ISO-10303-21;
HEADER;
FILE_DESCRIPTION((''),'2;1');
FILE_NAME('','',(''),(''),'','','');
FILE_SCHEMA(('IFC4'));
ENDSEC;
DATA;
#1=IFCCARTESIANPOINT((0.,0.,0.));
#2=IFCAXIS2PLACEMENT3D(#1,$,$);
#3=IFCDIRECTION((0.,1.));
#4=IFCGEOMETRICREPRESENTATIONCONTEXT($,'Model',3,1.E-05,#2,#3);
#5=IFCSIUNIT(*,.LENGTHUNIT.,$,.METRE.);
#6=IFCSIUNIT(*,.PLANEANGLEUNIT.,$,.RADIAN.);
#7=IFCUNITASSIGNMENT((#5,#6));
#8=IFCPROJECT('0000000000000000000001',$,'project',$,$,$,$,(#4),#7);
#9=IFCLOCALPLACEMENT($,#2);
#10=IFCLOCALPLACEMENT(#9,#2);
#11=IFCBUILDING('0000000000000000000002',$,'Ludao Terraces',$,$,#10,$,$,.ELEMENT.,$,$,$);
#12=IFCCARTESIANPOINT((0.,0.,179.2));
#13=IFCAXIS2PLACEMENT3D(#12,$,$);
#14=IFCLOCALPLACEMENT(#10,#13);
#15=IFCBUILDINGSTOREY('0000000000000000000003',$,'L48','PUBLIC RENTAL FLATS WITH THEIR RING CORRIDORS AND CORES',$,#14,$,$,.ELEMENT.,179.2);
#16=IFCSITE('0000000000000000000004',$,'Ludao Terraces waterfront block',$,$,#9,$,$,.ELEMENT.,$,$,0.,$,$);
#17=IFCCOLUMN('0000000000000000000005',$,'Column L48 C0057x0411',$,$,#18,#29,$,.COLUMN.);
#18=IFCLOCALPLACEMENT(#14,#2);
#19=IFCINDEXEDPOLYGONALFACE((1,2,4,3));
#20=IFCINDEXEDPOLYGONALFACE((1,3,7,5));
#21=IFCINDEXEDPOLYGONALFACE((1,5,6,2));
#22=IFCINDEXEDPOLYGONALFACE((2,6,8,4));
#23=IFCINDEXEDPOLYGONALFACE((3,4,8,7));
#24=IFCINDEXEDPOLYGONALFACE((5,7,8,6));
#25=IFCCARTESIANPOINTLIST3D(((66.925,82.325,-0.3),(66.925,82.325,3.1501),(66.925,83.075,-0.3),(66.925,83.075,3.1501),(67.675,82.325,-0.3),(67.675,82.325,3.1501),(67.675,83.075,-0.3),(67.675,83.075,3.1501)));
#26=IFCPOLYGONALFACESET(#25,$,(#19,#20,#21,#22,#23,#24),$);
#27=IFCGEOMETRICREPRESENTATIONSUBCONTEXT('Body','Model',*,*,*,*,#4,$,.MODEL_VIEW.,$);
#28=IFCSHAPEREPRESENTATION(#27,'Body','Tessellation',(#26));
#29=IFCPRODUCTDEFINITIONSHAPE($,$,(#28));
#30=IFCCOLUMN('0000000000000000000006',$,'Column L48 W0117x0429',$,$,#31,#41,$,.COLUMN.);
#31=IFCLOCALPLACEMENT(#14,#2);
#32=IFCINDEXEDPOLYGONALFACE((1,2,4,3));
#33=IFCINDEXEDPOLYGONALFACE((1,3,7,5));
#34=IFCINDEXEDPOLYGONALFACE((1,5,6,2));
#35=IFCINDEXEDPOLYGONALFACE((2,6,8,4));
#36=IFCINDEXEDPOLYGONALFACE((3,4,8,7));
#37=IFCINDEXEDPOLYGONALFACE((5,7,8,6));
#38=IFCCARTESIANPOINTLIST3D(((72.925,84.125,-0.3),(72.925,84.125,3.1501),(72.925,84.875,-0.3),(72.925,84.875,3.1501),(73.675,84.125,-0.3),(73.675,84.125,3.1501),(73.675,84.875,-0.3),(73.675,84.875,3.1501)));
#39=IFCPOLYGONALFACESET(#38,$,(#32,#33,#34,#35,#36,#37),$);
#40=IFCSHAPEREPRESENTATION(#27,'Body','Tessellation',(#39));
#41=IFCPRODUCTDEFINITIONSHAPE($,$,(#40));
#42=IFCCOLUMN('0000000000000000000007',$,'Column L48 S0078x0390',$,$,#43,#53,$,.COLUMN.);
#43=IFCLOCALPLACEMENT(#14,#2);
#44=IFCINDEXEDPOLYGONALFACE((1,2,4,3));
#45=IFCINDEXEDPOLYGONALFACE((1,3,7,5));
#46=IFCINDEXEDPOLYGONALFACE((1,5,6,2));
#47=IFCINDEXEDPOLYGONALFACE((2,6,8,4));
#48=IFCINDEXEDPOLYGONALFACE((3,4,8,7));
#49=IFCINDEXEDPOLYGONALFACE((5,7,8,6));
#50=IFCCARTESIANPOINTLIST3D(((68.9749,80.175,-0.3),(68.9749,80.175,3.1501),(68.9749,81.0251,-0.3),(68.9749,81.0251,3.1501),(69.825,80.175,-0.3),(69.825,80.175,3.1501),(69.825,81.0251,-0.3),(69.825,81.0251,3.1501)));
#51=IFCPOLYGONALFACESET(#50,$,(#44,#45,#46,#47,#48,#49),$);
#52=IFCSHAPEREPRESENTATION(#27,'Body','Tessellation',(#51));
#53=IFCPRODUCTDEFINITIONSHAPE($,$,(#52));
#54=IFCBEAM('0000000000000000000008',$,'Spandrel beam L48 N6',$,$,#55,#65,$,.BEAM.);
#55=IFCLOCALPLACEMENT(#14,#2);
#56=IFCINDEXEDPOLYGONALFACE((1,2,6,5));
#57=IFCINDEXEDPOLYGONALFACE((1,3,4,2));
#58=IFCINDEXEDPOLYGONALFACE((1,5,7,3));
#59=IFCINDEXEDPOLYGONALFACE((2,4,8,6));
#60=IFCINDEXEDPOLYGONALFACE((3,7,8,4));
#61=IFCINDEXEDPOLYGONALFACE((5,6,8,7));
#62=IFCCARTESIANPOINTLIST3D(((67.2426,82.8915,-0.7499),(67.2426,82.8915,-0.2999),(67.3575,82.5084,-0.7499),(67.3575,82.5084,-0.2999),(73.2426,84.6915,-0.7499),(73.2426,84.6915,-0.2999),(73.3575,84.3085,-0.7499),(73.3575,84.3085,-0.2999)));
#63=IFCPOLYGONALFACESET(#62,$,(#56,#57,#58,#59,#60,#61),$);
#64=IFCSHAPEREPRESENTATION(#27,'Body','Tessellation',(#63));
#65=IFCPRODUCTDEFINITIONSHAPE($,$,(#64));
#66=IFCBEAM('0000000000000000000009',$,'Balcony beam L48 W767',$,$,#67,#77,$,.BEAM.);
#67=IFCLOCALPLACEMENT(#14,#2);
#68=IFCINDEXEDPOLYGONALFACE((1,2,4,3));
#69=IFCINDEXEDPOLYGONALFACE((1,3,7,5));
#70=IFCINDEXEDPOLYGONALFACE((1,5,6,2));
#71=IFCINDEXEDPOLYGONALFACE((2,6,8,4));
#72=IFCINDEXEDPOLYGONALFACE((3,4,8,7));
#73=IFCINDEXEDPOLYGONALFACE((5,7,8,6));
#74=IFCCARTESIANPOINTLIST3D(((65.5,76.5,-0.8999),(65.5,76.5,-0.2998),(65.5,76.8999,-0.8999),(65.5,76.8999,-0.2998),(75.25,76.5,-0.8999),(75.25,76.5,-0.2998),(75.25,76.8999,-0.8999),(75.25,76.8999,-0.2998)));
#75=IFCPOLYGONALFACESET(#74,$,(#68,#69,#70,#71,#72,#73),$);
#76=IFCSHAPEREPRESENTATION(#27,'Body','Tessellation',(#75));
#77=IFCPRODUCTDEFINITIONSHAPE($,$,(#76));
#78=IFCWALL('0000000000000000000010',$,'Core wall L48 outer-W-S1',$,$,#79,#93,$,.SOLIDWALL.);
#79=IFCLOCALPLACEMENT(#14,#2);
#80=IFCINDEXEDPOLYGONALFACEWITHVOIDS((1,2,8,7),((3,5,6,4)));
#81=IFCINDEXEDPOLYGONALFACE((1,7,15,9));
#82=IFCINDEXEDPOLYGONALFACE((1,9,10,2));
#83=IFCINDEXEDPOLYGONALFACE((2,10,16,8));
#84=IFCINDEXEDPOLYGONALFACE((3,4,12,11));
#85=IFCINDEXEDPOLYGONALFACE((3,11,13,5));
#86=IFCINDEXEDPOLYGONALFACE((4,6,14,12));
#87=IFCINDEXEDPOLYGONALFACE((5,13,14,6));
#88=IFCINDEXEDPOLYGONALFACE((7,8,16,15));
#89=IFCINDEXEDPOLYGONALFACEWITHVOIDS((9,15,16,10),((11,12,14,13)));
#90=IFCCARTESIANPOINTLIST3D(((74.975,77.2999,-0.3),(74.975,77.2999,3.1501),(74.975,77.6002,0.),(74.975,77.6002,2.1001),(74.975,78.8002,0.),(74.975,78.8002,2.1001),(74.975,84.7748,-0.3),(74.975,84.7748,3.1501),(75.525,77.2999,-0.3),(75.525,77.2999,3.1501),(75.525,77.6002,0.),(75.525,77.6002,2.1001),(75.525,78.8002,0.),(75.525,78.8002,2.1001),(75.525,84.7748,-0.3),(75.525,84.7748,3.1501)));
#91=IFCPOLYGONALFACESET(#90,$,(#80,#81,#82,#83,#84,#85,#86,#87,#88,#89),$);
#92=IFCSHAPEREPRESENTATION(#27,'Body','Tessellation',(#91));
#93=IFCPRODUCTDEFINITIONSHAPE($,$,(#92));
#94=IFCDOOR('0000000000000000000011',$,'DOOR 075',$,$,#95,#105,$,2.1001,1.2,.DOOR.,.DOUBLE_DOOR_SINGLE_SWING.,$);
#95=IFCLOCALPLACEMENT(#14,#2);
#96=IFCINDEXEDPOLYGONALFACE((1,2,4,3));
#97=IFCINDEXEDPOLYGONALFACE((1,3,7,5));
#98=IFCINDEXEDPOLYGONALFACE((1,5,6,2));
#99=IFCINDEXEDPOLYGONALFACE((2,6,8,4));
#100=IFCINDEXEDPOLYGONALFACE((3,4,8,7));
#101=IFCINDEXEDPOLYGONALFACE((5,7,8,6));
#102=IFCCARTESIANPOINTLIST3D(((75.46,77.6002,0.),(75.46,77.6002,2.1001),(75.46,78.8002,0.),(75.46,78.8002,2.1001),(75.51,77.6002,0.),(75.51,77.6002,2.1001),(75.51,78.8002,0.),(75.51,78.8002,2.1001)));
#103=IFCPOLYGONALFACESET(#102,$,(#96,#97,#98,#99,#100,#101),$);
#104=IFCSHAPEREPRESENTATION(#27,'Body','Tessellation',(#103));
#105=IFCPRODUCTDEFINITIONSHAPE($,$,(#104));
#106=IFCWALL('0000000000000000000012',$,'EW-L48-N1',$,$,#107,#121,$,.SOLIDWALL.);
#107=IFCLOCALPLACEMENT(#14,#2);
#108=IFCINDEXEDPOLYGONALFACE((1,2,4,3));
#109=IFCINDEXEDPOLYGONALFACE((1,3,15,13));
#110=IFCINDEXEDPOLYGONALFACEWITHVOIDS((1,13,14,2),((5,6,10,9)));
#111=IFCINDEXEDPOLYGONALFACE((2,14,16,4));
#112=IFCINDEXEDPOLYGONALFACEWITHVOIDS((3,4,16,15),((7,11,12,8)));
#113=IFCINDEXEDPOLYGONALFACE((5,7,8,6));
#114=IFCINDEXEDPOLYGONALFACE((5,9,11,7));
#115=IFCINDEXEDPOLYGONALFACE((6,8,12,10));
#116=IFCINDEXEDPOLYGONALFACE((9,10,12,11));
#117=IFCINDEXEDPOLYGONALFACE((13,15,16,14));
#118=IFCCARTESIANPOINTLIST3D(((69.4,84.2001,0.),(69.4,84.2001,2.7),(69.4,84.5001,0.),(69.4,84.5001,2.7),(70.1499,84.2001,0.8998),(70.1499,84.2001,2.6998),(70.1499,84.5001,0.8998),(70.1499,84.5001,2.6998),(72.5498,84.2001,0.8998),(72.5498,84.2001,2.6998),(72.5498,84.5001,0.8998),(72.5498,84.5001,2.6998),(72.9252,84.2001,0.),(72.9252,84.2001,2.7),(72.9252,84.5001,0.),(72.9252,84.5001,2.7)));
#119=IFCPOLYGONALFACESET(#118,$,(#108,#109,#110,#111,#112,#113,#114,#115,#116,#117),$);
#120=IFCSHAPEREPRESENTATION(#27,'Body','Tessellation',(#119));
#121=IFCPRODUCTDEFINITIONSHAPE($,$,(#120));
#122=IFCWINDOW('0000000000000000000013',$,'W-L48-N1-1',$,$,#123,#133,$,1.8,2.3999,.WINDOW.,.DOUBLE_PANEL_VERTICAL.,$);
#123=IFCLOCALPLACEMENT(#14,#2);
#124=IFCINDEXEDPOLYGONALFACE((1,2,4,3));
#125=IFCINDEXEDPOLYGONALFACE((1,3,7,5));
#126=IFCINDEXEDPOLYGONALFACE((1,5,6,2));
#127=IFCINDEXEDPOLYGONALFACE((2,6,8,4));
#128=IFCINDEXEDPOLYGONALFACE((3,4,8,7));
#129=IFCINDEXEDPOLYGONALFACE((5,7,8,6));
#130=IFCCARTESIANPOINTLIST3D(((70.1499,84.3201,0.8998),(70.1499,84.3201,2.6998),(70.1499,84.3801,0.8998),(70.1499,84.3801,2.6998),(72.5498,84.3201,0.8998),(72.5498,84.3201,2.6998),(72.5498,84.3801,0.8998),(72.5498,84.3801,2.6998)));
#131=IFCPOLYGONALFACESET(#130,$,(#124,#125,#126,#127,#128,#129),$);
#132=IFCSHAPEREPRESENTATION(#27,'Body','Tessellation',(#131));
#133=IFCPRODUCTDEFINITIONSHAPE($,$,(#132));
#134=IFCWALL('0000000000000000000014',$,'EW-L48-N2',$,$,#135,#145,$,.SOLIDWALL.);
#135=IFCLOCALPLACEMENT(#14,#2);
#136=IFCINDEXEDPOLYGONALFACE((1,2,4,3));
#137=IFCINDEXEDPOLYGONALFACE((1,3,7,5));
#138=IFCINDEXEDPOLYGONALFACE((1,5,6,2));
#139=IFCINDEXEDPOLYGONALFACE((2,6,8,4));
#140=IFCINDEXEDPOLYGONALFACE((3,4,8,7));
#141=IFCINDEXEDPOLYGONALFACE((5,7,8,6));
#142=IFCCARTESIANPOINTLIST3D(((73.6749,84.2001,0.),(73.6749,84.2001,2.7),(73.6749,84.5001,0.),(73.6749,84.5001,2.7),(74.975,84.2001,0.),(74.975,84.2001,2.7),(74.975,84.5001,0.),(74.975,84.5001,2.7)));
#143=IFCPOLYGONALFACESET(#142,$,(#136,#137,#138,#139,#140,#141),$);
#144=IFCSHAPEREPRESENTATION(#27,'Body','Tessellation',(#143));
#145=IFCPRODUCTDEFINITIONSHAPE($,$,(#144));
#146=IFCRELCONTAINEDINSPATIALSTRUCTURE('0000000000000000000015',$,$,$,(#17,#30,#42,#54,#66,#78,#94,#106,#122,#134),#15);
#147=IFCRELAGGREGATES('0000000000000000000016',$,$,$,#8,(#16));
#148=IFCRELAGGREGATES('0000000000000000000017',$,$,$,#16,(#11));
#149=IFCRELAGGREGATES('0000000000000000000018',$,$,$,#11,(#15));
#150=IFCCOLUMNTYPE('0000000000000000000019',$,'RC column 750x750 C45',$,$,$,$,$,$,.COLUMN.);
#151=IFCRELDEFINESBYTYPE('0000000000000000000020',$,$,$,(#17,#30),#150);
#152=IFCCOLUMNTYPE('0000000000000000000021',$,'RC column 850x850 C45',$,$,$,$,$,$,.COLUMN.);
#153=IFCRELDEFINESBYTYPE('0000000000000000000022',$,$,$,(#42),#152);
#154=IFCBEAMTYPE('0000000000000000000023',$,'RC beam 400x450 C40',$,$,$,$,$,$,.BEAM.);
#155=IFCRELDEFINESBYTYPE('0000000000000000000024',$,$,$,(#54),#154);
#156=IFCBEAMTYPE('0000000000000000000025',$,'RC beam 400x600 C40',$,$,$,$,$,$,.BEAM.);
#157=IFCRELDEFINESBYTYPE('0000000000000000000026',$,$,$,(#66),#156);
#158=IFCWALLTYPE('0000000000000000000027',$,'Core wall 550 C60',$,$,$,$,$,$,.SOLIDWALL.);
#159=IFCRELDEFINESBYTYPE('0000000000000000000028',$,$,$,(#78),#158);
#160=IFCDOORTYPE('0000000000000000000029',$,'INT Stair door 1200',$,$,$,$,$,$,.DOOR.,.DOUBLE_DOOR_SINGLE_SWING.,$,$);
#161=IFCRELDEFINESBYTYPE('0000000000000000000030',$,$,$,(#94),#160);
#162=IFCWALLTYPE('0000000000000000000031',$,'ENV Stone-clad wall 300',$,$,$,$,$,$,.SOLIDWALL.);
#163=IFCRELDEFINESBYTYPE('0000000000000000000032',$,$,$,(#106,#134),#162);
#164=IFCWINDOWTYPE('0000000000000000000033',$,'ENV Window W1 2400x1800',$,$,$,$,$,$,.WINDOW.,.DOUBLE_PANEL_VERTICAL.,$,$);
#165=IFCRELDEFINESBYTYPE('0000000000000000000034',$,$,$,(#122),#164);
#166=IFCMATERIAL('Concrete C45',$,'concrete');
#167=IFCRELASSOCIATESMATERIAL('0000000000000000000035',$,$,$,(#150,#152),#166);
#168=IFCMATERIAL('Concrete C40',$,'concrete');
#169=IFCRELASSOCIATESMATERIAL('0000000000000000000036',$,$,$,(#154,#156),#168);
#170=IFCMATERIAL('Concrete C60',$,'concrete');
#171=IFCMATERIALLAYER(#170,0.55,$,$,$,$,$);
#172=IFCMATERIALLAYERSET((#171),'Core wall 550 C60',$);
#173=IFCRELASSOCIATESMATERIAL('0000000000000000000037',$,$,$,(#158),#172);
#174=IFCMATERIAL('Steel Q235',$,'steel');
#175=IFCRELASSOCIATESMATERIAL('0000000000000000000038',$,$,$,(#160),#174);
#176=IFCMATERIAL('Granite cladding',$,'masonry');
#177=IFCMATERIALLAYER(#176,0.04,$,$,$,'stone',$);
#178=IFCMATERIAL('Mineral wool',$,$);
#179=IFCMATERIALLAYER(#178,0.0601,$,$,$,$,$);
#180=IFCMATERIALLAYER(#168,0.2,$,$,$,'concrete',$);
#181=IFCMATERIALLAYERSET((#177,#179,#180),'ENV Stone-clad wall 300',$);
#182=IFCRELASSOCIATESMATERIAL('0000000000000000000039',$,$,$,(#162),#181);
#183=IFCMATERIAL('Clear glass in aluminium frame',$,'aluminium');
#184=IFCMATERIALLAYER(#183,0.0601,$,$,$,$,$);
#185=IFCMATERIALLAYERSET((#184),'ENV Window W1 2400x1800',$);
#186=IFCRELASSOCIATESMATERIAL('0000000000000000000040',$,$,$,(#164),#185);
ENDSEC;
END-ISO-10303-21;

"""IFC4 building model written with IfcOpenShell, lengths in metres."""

from ifc_helpers import new_model, si_unit, direction, frame, frame_2d, origin, origin_2d, place, context, subcontext, project, spatial, rectangle, extrude, material, layer, layer_set, material_profile, profile_set, type_object, element, fill, save


model = new_model("IFC4")

# Units and contexts
model_context = context("Model", 3, precision=1e-05, world=origin(), true_north=direction((0.0, 1.0)))
body_context = subcontext(model_context, "Body", "Model", "MODEL_VIEW")
ifc_project = project(units=[si_unit("LENGTHUNIT", "METRE"), si_unit("PLANEANGLEUNIT", "RADIAN")], contexts=[model_context])

# Site, building, storey
site_placement = place(None, origin())
site = spatial("IfcSite", under=ifc_project, at=site_placement, Name="Ludao Terraces waterfront block", CompositionType="ELEMENT", RefElevation=0.0)
building_placement = place(site_placement, origin())
building = spatial("IfcBuilding", under=site, at=building_placement, Name="Ludao Terraces", CompositionType="ELEMENT")
storey_placement = place(building_placement, frame((0.0, 0.0, 179.2)))
storey = spatial("IfcBuildingStorey", under=building, at=storey_placement, Name="L48", Description="PUBLIC RENTAL FLATS WITH THEIR RING CORRIDORS AND CORES", CompositionType="ELEMENT", Elevation=179.2)

# Columns
ifc_material_1 = material(Name="Concrete C45", Category="concrete")
ifc_material_profile_1 = material_profile(ifc_material_1, rectangle(XDim=0.75, YDim=0.75, at=origin_2d()), Name="750 X 750")
ifc_profile_set_1 = profile_set([ifc_material_profile_1], Name="Concrete C45")
column_type_1 = type_object("IfcColumnType", Name="RC column 750x750 C45", PredefinedType="COLUMN", material=ifc_profile_set_1)
for number, where, z_axis, x_axis, name in (
    (1, (67.3, 82.7, -0.3), (0.0, 0.0, 1.0), (1.0, 0.0, 0.0), "Column L48 C0057x0411"),
    (2, (73.3, 84.5, -0.3), (0.0, 0.0, 1.0), (1.0, 0.0, 0.0), "Column L48 W0117x0429"),
):
    element("IfcColumn", number, at=place(storey_placement, frame(where, z_axis=z_axis, x_axis=x_axis)), inside=storey, type_object=column_type_1, Name=name, PredefinedType="COLUMN", context=body_context, shape_type="SweptSolid", body=[
        extrude(rectangle(XDim=0.75, YDim=0.75, at=origin_2d()), origin(), (0.0, 0.0, 1.0), 3.4502),
    ])
ifc_material_profile_2 = material_profile(ifc_material_1, rectangle(XDim=0.8501, YDim=0.8501, at=origin_2d()), Name="850 X 850")
ifc_profile_set_2 = profile_set([ifc_material_profile_2], Name="Concrete C45")
column_type_2 = type_object("IfcColumnType", Name="RC column 850x850 C45", PredefinedType="COLUMN", material=ifc_profile_set_2)
column_placement = place(storey_placement, frame((69.3999, 80.6001, -0.3), z_axis=(0.0, 0.0, 1.0), x_axis=(1.0, 0.0, 0.0)))
element("IfcColumn", 3, at=column_placement, inside=storey, type_object=column_type_2, Name="Column L48 S0078x0390", PredefinedType="COLUMN", context=body_context, shape_type="SweptSolid", body=[
    extrude(rectangle(XDim=0.8501, YDim=0.8501, at=origin_2d()), origin(), (0.0, 0.0, 1.0), 3.4502),
])

# Beams
ifc_material_2 = material(Name="Concrete C40", Category="concrete")
ifc_material_profile_3 = material_profile(ifc_material_2, rectangle(XDim=0.3999, YDim=0.45, at=origin_2d()), Name="400 X 450")
ifc_profile_set_3 = profile_set([ifc_material_profile_3], Name="Concrete C40")
beam_type_1 = type_object("IfcBeamType", Name="RC beam 400x450 C40", PredefinedType="BEAM", material=ifc_profile_set_3)
beam_1_placement = place(storey_placement, frame((67.3, 82.7, -0.5249), z_axis=(0.957824, 0.287355, 0.0), x_axis=(-0.287355, 0.957824, 0.0)))
element("IfcBeam", 4, at=beam_1_placement, inside=storey, type_object=beam_type_1, Name="Spandrel beam L48 N6", PredefinedType="BEAM", context=body_context, shape_type="SweptSolid", body=[
    extrude(rectangle(XDim=0.3999, YDim=0.45, at=origin_2d()), origin(), (0.0, 0.0, 1.0), 6.2642),
])
ifc_material_profile_4 = material_profile(ifc_material_2, rectangle(XDim=0.3999, YDim=0.6001, at=origin_2d()), Name="400 X 600")
ifc_profile_set_4 = profile_set([ifc_material_profile_4], Name="Concrete C40")
beam_type_2 = type_object("IfcBeamType", Name="RC beam 400x600 C40", PredefinedType="BEAM", material=ifc_profile_set_4)
beam_2_placement = place(storey_placement, frame((75.25, 76.7, -0.5999), z_axis=(-1.0, 0.0, 0.0), x_axis=(0.0, -1.0, 0.0)))
element("IfcBeam", 5, at=beam_2_placement, inside=storey, type_object=beam_type_2, Name="Balcony beam L48 W767", PredefinedType="BEAM", context=body_context, shape_type="SweptSolid", body=[
    extrude(rectangle(XDim=0.3999, YDim=0.6001, at=origin_2d()), origin(), (0.0, 0.0, 1.0), 9.75),
])

# Wall, opening, door
ifc_material_3 = material(Name="Concrete C60", Category="concrete")
ifc_layer_1 = layer(ifc_material_3, 0.55)
ifc_layer_set_1 = layer_set([ifc_layer_1], Name="Core wall 550 C60")
wall_type_1 = type_object("IfcWallType", Name="Core wall 550 C60", PredefinedType="SOLIDWALL", material=ifc_layer_set_1)
wall_1_placement = place(storey_placement, frame((75.25, 77.3, -0.3), z_axis=(0.0, 0.0, 1.0), x_axis=(0.0, 1.0, 0.0)))
wall_1 = element("IfcWall", 6, at=wall_1_placement, inside=storey, type_object=wall_type_1, Name="Core wall L48 outer-W-S1", PredefinedType="SOLIDWALL", context=body_context, shape_type="SweptSolid", body=[
    extrude(rectangle(XDim=7.4749, YDim=0.55, at=frame_2d((3.7373, 0.0))), origin(), (0.0, 0.0, 1.0), 3.4502),
])
opening_1_placement = place(wall_1_placement, frame((0.3, 0.0, 0.3)))
opening_1 = element("IfcOpeningElement", 7, at=opening_1_placement, cuts=wall_1, PredefinedType="OPENING", context=body_context, shape_type="SweptSolid", body=[
    extrude(rectangle(XDim=1.2, YDim=2.1001, at=frame_2d((0.6001, 1.05))), frame((0.0, 0.2852, 0.0), z_axis=(0.0, -1.0, 0.0), x_axis=(1.0, 0.0, 0.0)), (0.0, 0.0, 1.0), 0.5701),
])
ifc_material_4 = material(Name="Steel Q235", Category="steel")
door_type_1 = type_object("IfcDoorType", Name="INT Stair door 1200", OperationType="DOUBLE_DOOR_SINGLE_SWING", PredefinedType="DOOR", material=ifc_material_4)
door_1_placement = place(opening_1_placement, origin())
door_1 = element("IfcDoor", 8, at=door_1_placement, inside=storey, type_object=door_type_1, Name="DOOR 075", OperationType="DOUBLE_DOOR_SINGLE_SWING", OverallHeight=2.1001, OverallWidth=1.2, PredefinedType="DOOR", context=body_context, shape_type="SweptSolid", body=[
    extrude(rectangle(XDim=1.2, YDim=2.1001, at=frame_2d((0.6001, 1.05))), frame((0.0, -0.21, 0.0), z_axis=(0.0, -1.0, 0.0), x_axis=(1.0, 0.0, 0.0)), (0.0, 0.0, 1.0), 0.05),
])
fill(opening_1, door_1)

# Wall, opening, window
ifc_material_5 = material(Name="Granite cladding", Category="masonry")
ifc_layer_2 = layer(ifc_material_5, 0.04, Category="stone")
ifc_material_6 = material(Name="Mineral wool")
ifc_layer_3 = layer(ifc_material_6, 0.0601)
ifc_layer_4 = layer(ifc_material_2, 0.2, Category="concrete")
ifc_layer_set_2 = layer_set([ifc_layer_2, ifc_layer_3, ifc_layer_4], Name="ENV Stone-clad wall 300")
wall_type_2 = type_object("IfcWallType", Name="ENV Stone-clad wall 300", PredefinedType="SOLIDWALL", material=ifc_layer_set_2)
wall_2_placement = place(storey_placement, frame((69.3999, 84.3501, 0.0), z_axis=(0.0, 0.0, 1.0), x_axis=(1.0, 0.0, 0.0)))
wall_2 = element("IfcWall", 9, at=wall_2_placement, inside=storey, type_object=wall_type_2, Name="EW-L48-N1", PredefinedType="SOLIDWALL", context=body_context, shape_type="SweptSolid", body=[
    extrude(rectangle(XDim=3.5251, YDim=0.3, at=frame_2d((1.7627, 0.0))), origin(), (0.0, 0.0, 1.0), 2.7),
])
opening_2_placement = place(wall_2_placement, frame((0.75, 0.0, 0.8999)))
opening_2 = element("IfcOpeningElement", 10, at=opening_2_placement, cuts=wall_2, PredefinedType="OPENING", context=body_context, shape_type="SweptSolid", body=[
    extrude(rectangle(XDim=2.3999, YDim=1.8, at=frame_2d((1.2, 0.8999))), frame((0.0, 0.1602, 0.0), z_axis=(0.0, -1.0, 0.0), x_axis=(1.0, 0.0, 0.0)), (0.0, 0.0, 1.0), 0.3201),
])
ifc_material_7 = material(Name="Clear glass in aluminium frame", Category="aluminium")
ifc_layer_5 = layer(ifc_material_7, 0.0601)
ifc_layer_set_3 = layer_set([ifc_layer_5], Name="ENV Window W1 2400x1800")
window_type_1 = type_object("IfcWindowType", Name="ENV Window W1 2400x1800", PartitioningType="DOUBLE_PANEL_VERTICAL", PredefinedType="WINDOW", material=ifc_layer_set_3)
window_1_placement = place(opening_2_placement, origin())
window_1 = element("IfcWindow", 11, at=window_1_placement, inside=storey, type_object=window_type_1, Name="W-L48-N1-1", OverallHeight=1.8, OverallWidth=2.3999, PartitioningType="DOUBLE_PANEL_VERTICAL", PredefinedType="WINDOW", context=body_context, shape_type="SweptSolid", body=[
    extrude(rectangle(XDim=2.3999, YDim=1.8, at=frame_2d((1.2, 0.8999))), frame((0.0, 0.03, 0.0), z_axis=(0.0, -1.0, 0.0), x_axis=(1.0, 0.0, 0.0)), (0.0, 0.0, 1.0), 0.0601),
])
fill(opening_2, window_1)

# Wall
wall_3_placement = place(storey_placement, frame((73.675, 84.3501, 0.0), z_axis=(0.0, 0.0, 1.0), x_axis=(1.0, 0.0, 0.0)))
element("IfcWall", 12, at=wall_3_placement, inside=storey, type_object=wall_type_2, Name="EW-L48-N2", PredefinedType="SOLIDWALL", context=body_context, shape_type="SweptSolid", body=[
    extrude(rectangle(XDim=1.3, YDim=0.3, at=frame_2d((0.6499, 0.0))), origin(), (0.0, 0.0, 1.0), 2.7),
])

save(model, "model.ifc")
